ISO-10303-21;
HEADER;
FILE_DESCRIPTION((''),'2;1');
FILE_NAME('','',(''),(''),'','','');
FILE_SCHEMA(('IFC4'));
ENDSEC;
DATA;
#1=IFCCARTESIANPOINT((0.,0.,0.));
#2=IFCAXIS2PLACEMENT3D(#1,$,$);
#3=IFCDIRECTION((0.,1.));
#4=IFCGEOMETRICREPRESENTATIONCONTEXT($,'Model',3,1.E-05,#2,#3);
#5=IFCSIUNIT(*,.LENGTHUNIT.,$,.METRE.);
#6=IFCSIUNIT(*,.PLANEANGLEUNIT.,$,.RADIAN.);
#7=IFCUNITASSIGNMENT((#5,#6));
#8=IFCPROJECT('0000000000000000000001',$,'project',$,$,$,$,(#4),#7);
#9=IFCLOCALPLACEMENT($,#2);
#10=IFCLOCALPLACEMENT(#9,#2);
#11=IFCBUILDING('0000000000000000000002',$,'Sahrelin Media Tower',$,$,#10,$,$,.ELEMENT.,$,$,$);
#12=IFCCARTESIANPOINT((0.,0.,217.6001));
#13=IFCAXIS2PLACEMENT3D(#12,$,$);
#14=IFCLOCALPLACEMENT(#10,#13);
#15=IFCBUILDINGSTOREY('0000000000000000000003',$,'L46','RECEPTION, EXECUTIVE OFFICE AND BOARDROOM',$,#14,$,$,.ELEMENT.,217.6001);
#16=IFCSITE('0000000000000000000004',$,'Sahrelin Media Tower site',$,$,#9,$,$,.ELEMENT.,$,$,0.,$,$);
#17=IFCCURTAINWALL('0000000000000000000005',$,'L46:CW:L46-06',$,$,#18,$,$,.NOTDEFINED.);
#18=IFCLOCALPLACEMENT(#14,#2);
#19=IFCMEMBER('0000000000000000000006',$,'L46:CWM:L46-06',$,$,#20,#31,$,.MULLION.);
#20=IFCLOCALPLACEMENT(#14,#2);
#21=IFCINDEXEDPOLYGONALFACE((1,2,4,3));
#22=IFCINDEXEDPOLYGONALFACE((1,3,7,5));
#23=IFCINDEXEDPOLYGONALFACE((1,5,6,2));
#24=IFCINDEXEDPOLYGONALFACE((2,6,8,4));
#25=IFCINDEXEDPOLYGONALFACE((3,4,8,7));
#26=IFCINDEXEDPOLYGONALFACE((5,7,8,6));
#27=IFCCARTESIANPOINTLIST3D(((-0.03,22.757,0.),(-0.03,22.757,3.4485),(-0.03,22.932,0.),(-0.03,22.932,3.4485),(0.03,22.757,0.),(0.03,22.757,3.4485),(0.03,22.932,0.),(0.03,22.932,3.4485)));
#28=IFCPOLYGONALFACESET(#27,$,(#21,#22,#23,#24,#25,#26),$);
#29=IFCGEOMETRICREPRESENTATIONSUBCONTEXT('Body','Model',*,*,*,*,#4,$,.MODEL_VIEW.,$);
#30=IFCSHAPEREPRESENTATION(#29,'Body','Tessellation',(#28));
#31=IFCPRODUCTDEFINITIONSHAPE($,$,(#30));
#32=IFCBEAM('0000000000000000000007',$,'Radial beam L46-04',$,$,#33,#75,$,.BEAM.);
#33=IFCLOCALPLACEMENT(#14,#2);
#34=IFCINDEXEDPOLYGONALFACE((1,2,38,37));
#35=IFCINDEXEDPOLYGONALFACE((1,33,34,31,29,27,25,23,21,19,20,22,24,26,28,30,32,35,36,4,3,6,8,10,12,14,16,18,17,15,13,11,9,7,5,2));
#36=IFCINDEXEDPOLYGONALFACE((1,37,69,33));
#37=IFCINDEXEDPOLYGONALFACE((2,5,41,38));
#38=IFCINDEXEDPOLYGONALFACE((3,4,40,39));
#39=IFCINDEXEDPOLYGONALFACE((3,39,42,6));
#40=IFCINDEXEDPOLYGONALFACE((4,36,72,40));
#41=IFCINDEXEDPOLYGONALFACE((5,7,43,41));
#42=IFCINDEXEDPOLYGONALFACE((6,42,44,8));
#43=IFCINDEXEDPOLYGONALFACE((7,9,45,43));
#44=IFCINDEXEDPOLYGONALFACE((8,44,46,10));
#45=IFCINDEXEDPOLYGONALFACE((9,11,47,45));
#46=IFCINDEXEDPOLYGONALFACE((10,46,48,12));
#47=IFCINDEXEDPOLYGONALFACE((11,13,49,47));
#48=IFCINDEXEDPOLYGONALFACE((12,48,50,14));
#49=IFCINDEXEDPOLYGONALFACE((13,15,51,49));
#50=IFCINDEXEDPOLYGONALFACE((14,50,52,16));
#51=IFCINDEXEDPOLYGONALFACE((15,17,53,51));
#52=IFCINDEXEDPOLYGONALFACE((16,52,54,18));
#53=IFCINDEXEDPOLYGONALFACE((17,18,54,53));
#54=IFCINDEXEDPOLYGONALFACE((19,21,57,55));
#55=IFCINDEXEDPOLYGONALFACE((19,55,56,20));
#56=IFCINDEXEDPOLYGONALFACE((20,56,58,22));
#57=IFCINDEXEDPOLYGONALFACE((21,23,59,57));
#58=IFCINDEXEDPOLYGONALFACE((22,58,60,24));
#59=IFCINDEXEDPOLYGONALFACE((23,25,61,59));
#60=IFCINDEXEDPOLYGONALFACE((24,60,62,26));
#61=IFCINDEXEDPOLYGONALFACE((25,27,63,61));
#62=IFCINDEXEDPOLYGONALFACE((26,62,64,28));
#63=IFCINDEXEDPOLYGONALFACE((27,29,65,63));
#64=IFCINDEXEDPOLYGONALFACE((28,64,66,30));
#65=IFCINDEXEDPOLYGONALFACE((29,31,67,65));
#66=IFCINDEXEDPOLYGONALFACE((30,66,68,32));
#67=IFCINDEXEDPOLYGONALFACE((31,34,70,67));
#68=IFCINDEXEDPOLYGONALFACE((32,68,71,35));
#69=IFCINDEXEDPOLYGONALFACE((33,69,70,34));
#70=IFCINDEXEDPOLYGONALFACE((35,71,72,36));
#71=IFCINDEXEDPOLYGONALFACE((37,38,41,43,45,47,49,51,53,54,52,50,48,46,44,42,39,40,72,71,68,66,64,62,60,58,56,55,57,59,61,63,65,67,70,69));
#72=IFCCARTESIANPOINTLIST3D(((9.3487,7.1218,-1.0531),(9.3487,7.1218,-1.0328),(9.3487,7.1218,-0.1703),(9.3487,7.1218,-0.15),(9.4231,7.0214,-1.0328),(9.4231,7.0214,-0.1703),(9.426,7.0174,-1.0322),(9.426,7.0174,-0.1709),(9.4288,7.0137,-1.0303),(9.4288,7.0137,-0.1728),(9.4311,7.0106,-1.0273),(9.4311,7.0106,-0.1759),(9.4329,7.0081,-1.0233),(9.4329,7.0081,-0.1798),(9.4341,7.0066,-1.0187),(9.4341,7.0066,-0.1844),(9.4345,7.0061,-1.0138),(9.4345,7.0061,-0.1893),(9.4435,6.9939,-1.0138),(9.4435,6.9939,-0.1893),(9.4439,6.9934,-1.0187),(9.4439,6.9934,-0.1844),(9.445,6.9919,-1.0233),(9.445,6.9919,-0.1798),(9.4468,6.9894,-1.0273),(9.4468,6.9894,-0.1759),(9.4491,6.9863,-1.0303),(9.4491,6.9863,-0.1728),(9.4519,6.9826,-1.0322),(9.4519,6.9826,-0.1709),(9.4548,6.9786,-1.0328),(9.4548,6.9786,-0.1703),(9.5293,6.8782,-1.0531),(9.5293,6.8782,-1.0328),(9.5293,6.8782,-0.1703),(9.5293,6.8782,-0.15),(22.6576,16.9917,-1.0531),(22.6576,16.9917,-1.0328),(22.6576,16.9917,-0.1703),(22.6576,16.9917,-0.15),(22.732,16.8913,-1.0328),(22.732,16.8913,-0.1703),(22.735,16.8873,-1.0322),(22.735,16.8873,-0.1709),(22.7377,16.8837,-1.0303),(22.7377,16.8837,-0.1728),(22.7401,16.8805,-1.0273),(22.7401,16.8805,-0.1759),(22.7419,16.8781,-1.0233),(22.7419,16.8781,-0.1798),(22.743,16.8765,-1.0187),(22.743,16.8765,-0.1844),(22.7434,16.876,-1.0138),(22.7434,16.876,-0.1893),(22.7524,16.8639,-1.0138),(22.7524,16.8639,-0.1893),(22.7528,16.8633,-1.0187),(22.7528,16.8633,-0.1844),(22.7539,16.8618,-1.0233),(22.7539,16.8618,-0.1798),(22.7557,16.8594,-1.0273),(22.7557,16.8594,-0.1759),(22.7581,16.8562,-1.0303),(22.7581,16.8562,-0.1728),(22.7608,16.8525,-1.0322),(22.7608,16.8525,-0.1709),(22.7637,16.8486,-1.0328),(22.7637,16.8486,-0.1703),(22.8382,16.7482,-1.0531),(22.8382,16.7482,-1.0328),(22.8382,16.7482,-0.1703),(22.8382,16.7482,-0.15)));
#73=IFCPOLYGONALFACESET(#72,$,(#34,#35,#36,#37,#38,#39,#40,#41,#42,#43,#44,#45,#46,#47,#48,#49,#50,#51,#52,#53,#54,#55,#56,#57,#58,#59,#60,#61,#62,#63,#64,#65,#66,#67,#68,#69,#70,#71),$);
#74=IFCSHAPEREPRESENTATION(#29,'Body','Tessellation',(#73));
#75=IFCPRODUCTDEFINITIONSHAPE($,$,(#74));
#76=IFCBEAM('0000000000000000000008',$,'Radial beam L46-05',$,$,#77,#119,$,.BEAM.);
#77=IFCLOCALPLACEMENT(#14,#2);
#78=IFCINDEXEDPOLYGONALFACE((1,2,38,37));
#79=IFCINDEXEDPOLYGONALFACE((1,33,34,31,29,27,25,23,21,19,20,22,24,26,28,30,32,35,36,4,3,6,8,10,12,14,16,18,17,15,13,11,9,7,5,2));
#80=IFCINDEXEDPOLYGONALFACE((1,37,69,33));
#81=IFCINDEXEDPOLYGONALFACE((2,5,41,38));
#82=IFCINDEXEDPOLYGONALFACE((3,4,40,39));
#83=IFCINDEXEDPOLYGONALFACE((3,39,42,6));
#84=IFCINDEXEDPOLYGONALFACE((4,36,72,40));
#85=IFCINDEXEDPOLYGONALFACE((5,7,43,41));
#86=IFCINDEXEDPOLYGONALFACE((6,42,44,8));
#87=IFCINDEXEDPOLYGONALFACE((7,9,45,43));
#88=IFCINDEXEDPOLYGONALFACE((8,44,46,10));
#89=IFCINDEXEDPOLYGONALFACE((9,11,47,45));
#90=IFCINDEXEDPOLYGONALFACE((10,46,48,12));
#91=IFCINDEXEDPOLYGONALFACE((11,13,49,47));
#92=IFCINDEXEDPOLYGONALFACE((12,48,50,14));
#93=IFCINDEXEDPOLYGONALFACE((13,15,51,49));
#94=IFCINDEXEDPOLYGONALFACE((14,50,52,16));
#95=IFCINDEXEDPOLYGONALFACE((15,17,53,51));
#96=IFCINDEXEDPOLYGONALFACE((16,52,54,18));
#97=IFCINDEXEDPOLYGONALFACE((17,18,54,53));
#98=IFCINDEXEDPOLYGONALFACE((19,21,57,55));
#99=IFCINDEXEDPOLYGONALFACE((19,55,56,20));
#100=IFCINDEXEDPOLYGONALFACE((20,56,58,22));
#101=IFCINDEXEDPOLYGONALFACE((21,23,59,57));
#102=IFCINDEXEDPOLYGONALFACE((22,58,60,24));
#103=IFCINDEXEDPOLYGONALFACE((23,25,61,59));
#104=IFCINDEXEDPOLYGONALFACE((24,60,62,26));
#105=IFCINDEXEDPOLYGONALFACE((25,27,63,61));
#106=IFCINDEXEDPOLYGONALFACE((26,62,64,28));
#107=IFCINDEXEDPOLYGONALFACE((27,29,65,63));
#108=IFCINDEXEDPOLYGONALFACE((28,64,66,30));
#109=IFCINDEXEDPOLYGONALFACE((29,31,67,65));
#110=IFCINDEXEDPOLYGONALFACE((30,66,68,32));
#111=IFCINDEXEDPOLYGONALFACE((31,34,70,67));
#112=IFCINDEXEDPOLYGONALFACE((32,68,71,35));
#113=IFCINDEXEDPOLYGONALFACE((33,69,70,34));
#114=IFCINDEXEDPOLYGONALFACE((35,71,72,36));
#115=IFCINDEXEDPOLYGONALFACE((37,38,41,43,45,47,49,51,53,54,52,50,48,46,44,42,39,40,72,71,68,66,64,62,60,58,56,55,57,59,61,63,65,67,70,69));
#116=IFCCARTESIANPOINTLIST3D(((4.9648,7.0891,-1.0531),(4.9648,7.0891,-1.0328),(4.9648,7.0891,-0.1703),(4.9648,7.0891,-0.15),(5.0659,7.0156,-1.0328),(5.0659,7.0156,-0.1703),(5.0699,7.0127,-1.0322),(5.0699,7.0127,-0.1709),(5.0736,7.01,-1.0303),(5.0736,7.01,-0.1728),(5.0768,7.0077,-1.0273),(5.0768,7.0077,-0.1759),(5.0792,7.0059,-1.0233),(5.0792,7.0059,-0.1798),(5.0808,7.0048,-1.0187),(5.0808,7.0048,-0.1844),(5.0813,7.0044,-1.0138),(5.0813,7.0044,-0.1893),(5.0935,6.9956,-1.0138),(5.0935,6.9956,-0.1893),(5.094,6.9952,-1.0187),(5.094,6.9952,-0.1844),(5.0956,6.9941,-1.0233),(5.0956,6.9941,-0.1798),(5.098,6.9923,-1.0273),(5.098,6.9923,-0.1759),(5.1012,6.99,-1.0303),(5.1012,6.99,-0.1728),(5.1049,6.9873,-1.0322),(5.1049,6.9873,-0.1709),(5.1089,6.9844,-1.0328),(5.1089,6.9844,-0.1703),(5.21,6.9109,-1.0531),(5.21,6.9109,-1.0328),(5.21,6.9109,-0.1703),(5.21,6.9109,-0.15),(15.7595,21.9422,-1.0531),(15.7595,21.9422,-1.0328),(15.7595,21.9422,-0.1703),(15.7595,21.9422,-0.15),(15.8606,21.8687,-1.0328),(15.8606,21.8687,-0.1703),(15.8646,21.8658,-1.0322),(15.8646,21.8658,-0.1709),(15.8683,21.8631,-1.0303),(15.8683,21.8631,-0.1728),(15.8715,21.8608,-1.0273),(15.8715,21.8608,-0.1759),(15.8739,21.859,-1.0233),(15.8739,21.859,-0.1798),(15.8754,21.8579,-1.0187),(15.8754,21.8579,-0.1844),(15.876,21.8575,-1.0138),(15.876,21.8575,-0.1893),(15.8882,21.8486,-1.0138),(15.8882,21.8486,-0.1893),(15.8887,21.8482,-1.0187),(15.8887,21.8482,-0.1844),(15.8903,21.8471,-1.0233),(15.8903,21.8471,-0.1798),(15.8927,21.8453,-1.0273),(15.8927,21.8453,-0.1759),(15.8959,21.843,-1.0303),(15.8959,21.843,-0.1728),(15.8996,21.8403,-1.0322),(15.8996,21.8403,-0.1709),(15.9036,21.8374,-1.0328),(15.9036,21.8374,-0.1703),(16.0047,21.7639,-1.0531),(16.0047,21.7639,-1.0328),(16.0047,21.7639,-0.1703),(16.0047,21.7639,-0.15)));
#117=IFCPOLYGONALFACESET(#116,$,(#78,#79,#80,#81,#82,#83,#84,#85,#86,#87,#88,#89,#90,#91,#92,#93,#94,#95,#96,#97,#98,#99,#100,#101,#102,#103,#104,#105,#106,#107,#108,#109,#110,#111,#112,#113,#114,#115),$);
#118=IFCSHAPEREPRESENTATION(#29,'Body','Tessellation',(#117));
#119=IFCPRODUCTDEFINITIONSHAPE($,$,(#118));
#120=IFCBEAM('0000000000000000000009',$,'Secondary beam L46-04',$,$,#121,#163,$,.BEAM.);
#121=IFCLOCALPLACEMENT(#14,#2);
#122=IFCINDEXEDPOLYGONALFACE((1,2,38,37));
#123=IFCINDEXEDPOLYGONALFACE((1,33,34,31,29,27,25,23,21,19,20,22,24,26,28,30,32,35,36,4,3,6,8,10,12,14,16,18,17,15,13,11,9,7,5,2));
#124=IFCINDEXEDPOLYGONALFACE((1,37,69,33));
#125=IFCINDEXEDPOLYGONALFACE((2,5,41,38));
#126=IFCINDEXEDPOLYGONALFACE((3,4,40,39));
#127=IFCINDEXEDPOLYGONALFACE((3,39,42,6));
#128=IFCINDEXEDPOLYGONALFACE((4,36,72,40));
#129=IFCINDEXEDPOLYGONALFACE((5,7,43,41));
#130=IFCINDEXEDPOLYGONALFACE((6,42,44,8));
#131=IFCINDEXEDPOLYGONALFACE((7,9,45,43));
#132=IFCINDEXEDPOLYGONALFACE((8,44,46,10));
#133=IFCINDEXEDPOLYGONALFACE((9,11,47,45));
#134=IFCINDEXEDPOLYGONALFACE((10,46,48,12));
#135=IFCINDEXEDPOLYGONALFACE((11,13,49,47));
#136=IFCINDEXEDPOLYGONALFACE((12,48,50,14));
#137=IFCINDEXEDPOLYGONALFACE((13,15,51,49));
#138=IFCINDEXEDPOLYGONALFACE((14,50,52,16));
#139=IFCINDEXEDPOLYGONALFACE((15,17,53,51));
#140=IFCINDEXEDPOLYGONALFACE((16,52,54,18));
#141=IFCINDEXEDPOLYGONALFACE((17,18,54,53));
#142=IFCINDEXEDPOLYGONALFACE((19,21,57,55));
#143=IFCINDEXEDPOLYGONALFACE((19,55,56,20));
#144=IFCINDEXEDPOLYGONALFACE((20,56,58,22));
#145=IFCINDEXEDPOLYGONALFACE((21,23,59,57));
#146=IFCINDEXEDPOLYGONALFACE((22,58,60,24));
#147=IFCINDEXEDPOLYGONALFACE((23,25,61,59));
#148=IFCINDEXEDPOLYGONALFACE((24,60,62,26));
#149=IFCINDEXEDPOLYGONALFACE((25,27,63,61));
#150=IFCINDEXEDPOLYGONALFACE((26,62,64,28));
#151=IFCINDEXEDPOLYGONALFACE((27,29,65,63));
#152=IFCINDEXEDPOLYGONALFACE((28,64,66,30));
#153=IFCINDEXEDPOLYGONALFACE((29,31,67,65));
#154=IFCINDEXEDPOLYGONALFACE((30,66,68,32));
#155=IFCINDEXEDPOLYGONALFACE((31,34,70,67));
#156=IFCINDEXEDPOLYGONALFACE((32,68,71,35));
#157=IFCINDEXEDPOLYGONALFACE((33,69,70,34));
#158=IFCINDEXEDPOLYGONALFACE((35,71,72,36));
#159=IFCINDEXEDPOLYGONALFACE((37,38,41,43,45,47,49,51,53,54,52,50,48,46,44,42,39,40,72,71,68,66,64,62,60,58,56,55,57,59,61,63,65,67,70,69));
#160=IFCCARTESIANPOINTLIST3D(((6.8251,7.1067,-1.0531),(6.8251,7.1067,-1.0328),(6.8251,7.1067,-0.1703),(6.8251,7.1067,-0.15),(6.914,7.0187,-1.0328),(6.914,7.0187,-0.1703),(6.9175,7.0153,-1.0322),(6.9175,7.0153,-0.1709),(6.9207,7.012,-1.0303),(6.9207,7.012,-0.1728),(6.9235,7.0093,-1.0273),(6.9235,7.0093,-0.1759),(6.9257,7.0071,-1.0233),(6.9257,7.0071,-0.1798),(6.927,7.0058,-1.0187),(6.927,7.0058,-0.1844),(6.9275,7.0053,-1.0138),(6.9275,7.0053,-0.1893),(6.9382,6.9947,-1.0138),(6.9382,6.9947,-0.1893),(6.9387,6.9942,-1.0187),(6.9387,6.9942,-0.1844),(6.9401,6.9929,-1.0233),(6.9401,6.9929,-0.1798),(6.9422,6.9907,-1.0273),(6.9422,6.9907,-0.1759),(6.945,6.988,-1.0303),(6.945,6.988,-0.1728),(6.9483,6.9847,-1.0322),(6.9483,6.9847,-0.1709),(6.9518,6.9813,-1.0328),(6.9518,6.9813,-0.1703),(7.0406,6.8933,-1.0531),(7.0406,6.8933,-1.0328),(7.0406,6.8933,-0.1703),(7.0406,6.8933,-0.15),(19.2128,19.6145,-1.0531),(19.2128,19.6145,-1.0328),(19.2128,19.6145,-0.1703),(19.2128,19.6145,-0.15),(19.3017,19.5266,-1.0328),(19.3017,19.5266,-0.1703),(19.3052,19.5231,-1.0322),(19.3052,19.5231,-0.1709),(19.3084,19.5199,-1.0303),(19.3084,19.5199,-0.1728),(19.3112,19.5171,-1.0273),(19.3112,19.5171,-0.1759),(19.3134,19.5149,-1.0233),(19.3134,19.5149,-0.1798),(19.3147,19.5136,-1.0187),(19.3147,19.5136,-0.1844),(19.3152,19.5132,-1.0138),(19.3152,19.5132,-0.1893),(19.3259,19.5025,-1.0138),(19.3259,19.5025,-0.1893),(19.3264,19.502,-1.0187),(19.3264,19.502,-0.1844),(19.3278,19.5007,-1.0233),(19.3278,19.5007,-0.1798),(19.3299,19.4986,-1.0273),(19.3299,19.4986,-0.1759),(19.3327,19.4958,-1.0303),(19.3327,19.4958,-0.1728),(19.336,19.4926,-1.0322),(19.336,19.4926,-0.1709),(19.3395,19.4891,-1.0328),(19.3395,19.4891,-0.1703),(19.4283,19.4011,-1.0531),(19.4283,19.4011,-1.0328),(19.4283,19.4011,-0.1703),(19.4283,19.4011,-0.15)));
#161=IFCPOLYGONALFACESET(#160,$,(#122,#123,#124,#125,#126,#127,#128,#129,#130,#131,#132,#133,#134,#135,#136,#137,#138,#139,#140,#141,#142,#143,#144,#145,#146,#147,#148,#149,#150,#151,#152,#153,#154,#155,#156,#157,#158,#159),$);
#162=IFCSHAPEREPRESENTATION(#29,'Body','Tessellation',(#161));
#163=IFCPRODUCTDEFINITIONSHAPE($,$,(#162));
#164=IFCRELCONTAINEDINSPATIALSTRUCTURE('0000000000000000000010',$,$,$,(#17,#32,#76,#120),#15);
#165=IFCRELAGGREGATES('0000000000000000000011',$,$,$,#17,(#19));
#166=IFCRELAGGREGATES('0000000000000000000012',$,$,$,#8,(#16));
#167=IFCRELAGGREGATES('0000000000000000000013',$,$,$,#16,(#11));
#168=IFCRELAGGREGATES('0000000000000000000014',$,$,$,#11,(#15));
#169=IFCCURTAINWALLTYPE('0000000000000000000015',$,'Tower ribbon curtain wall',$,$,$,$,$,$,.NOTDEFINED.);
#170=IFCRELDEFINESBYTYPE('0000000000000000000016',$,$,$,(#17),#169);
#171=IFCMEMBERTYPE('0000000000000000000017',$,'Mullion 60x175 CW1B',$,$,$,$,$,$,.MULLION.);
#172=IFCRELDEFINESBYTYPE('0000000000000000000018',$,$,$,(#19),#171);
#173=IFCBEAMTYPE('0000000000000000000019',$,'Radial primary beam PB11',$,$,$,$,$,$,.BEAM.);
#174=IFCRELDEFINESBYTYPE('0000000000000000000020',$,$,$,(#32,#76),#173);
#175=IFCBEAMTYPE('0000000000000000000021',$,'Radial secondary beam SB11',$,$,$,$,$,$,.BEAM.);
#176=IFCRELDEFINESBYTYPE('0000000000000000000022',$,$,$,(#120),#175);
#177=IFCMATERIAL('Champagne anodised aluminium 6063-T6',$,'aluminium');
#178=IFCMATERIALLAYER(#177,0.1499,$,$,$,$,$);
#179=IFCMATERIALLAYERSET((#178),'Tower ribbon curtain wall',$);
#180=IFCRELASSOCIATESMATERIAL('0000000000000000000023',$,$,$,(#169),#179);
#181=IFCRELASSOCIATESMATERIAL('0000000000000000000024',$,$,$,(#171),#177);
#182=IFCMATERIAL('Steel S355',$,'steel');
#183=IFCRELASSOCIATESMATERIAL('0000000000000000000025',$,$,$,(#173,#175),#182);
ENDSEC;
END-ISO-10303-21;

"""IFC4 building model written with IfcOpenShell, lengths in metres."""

from ifc_helpers import new_model, si_unit, direction, frame, origin, origin_2d, place, context, subcontext, project, spatial, rectangle, i_section, extrude, material, layer, layer_set, material_profile, profile_set, type_object, element, aggregate, save


model = new_model("IFC4")

# Units and contexts
model_context = context("Model", 3, precision=1e-05, world=origin(), true_north=direction((0.0, 1.0)))
body_context = subcontext(model_context, "Body", "Model", "MODEL_VIEW")
ifc_project = project(units=[si_unit("LENGTHUNIT", "METRE"), si_unit("PLANEANGLEUNIT", "RADIAN")], contexts=[model_context])

# Site, building, storey
site_placement = place(None, origin())
site = spatial("IfcSite", under=ifc_project, at=site_placement, Name="Sahrelin Media Tower site", CompositionType="ELEMENT", RefElevation=0.0)
building_placement = place(site_placement, origin())
building = spatial("IfcBuilding", under=site, at=building_placement, Name="Sahrelin Media Tower", CompositionType="ELEMENT")
storey_placement = place(building_placement, frame((0.0, 0.0, 217.6001)))
storey = spatial("IfcBuildingStorey", under=building, at=storey_placement, Name="L46", Description="RECEPTION, EXECUTIVE OFFICE AND BOARDROOM", CompositionType="ELEMENT", Elevation=217.6001)

# Shared definitions
ifc_material_1 = material(Name="Steel S355", Category="steel")

# Curtain wall, member
ifc_material_2 = material(Name="Champagne anodised aluminium 6063-T6", Category="aluminium")
ifc_layer_1 = layer(ifc_material_2, 0.1499)
ifc_layer_set_1 = layer_set([ifc_layer_1], Name="Tower ribbon curtain wall")
curtain_wall_type = type_object("IfcCurtainWallType", Name="Tower ribbon curtain wall", PredefinedType="NOTDEFINED", material=ifc_layer_set_1)
ifc_material_profile_1 = material_profile(ifc_material_2, rectangle(XDim=0.0601, YDim=0.175, at=origin_2d()), Name="Mullion 60x175")
ifc_profile_set_1 = profile_set([ifc_material_profile_1], Name="Champagne anodised aluminium 6063-T6")
member_type_1 = type_object("IfcMemberType", Name="Mullion 60x175 CW1B", PredefinedType="MULLION", material=ifc_profile_set_1)
placement_1 = place(storey_placement, frame((0.0, 22.9521, 0.0), z_axis=(0.0, 0.0, 1.0), x_axis=(1.0, 0.0, 0.0)))
curtain_wall_1 = element("IfcCurtainWall", 1, at=placement_1, inside=storey, type_object=curtain_wall_type, Name="L46:CW:L46-06", PredefinedType="NOTDEFINED")
member_1_placement = place(storey_placement, frame((0.0, 22.8445, 0.0), z_axis=(0.0, 0.0, 1.0), x_axis=(-1.0, 0.0, 0.0)))
member_1 = element("IfcMember", 2, at=member_1_placement, type_object=member_type_1, Name="L46:CWM:L46-06", PredefinedType="MULLION", context=body_context, shape_type="SweptSolid", body=[
    extrude(rectangle(XDim=0.0601, YDim=0.175, at=origin_2d()), origin(), (0.0, 0.0, 1.0), 3.4485),
])

# Beams
ifc_material_profile_2 = material_profile(ifc_material_1, i_section(OverallWidth=0.3032, OverallDepth=0.9031, WebThickness=0.0151, FlangeThickness=0.0203, FilletRadius=0.019, at=origin_2d()), Name="UB 914x305x201")
ifc_profile_set_2 = profile_set([ifc_material_profile_2], Name="Steel S355")
beam_type_1 = type_object("IfcBeamType", Name="Radial primary beam PB11", PredefinedType="BEAM", material=ifc_profile_set_2)
beam_1_placement = place(storey_placement, frame((9.439, 7.0, -0.6016), z_axis=(0.803226, 0.595675, 0.0), x_axis=(-0.595675, 0.803226, 0.0)))
element("IfcBeam", 3, at=beam_1_placement, inside=storey, type_object=beam_type_1, Name="Radial beam L46-04", PredefinedType="BEAM", context=body_context, shape_type="SweptSolid", body=[
    extrude(i_section(OverallWidth=0.3032, OverallDepth=0.9031, WebThickness=0.0151, FlangeThickness=0.0203, FilletRadius=0.019, at=origin_2d()), origin(), (0.0, 0.0, 1.0), 16.5693),
])
beam_2_placement = place(storey_placement, frame((5.0874, 7.0, -0.6016), z_axis=(0.587904, 0.808931, 0.0), x_axis=(-0.808931, 0.587904, 0.0)))
element("IfcBeam", 4, at=beam_2_placement, inside=storey, type_object=beam_type_1, Name="Radial beam L46-05", PredefinedType="BEAM", context=body_context, shape_type="SweptSolid", body=[
    extrude(i_section(OverallWidth=0.3032, OverallDepth=0.9031, WebThickness=0.0151, FlangeThickness=0.0203, FilletRadius=0.019, at=origin_2d()), origin(), (0.0, 0.0, 1.0), 18.3613),
])
ifc_material_profile_3 = material_profile(ifc_material_1, i_section(OverallWidth=0.3032, OverallDepth=0.9031, WebThickness=0.0151, FlangeThickness=0.0203, FilletRadius=0.019, at=origin_2d()), Name="UB 914x305x201")
ifc_profile_set_3 = profile_set([ifc_material_profile_3], Name="Steel S355")
beam_type_2 = type_object("IfcBeamType", Name="Radial secondary beam SB11", PredefinedType="BEAM", material=ifc_profile_set_3)
beam_3_placement = place(storey_placement, frame((6.9329, 7.0, -0.6016), z_axis=(0.703687, 0.71051, 0.0), x_axis=(-0.71051, 0.703687, 0.0)))
element("IfcBeam", 5, at=beam_3_placement, inside=storey, type_object=beam_type_2, Name="Secondary beam L46-04", PredefinedType="BEAM", context=body_context, shape_type="SweptSolid", body=[
    extrude(i_section(OverallWidth=0.3032, OverallDepth=0.9031, WebThickness=0.0151, FlangeThickness=0.0203, FilletRadius=0.019, at=origin_2d()), origin(), (0.0, 0.0, 1.0), 17.604),
])

aggregate(curtain_wall_1, [member_1])

save(model, "model.ifc")
